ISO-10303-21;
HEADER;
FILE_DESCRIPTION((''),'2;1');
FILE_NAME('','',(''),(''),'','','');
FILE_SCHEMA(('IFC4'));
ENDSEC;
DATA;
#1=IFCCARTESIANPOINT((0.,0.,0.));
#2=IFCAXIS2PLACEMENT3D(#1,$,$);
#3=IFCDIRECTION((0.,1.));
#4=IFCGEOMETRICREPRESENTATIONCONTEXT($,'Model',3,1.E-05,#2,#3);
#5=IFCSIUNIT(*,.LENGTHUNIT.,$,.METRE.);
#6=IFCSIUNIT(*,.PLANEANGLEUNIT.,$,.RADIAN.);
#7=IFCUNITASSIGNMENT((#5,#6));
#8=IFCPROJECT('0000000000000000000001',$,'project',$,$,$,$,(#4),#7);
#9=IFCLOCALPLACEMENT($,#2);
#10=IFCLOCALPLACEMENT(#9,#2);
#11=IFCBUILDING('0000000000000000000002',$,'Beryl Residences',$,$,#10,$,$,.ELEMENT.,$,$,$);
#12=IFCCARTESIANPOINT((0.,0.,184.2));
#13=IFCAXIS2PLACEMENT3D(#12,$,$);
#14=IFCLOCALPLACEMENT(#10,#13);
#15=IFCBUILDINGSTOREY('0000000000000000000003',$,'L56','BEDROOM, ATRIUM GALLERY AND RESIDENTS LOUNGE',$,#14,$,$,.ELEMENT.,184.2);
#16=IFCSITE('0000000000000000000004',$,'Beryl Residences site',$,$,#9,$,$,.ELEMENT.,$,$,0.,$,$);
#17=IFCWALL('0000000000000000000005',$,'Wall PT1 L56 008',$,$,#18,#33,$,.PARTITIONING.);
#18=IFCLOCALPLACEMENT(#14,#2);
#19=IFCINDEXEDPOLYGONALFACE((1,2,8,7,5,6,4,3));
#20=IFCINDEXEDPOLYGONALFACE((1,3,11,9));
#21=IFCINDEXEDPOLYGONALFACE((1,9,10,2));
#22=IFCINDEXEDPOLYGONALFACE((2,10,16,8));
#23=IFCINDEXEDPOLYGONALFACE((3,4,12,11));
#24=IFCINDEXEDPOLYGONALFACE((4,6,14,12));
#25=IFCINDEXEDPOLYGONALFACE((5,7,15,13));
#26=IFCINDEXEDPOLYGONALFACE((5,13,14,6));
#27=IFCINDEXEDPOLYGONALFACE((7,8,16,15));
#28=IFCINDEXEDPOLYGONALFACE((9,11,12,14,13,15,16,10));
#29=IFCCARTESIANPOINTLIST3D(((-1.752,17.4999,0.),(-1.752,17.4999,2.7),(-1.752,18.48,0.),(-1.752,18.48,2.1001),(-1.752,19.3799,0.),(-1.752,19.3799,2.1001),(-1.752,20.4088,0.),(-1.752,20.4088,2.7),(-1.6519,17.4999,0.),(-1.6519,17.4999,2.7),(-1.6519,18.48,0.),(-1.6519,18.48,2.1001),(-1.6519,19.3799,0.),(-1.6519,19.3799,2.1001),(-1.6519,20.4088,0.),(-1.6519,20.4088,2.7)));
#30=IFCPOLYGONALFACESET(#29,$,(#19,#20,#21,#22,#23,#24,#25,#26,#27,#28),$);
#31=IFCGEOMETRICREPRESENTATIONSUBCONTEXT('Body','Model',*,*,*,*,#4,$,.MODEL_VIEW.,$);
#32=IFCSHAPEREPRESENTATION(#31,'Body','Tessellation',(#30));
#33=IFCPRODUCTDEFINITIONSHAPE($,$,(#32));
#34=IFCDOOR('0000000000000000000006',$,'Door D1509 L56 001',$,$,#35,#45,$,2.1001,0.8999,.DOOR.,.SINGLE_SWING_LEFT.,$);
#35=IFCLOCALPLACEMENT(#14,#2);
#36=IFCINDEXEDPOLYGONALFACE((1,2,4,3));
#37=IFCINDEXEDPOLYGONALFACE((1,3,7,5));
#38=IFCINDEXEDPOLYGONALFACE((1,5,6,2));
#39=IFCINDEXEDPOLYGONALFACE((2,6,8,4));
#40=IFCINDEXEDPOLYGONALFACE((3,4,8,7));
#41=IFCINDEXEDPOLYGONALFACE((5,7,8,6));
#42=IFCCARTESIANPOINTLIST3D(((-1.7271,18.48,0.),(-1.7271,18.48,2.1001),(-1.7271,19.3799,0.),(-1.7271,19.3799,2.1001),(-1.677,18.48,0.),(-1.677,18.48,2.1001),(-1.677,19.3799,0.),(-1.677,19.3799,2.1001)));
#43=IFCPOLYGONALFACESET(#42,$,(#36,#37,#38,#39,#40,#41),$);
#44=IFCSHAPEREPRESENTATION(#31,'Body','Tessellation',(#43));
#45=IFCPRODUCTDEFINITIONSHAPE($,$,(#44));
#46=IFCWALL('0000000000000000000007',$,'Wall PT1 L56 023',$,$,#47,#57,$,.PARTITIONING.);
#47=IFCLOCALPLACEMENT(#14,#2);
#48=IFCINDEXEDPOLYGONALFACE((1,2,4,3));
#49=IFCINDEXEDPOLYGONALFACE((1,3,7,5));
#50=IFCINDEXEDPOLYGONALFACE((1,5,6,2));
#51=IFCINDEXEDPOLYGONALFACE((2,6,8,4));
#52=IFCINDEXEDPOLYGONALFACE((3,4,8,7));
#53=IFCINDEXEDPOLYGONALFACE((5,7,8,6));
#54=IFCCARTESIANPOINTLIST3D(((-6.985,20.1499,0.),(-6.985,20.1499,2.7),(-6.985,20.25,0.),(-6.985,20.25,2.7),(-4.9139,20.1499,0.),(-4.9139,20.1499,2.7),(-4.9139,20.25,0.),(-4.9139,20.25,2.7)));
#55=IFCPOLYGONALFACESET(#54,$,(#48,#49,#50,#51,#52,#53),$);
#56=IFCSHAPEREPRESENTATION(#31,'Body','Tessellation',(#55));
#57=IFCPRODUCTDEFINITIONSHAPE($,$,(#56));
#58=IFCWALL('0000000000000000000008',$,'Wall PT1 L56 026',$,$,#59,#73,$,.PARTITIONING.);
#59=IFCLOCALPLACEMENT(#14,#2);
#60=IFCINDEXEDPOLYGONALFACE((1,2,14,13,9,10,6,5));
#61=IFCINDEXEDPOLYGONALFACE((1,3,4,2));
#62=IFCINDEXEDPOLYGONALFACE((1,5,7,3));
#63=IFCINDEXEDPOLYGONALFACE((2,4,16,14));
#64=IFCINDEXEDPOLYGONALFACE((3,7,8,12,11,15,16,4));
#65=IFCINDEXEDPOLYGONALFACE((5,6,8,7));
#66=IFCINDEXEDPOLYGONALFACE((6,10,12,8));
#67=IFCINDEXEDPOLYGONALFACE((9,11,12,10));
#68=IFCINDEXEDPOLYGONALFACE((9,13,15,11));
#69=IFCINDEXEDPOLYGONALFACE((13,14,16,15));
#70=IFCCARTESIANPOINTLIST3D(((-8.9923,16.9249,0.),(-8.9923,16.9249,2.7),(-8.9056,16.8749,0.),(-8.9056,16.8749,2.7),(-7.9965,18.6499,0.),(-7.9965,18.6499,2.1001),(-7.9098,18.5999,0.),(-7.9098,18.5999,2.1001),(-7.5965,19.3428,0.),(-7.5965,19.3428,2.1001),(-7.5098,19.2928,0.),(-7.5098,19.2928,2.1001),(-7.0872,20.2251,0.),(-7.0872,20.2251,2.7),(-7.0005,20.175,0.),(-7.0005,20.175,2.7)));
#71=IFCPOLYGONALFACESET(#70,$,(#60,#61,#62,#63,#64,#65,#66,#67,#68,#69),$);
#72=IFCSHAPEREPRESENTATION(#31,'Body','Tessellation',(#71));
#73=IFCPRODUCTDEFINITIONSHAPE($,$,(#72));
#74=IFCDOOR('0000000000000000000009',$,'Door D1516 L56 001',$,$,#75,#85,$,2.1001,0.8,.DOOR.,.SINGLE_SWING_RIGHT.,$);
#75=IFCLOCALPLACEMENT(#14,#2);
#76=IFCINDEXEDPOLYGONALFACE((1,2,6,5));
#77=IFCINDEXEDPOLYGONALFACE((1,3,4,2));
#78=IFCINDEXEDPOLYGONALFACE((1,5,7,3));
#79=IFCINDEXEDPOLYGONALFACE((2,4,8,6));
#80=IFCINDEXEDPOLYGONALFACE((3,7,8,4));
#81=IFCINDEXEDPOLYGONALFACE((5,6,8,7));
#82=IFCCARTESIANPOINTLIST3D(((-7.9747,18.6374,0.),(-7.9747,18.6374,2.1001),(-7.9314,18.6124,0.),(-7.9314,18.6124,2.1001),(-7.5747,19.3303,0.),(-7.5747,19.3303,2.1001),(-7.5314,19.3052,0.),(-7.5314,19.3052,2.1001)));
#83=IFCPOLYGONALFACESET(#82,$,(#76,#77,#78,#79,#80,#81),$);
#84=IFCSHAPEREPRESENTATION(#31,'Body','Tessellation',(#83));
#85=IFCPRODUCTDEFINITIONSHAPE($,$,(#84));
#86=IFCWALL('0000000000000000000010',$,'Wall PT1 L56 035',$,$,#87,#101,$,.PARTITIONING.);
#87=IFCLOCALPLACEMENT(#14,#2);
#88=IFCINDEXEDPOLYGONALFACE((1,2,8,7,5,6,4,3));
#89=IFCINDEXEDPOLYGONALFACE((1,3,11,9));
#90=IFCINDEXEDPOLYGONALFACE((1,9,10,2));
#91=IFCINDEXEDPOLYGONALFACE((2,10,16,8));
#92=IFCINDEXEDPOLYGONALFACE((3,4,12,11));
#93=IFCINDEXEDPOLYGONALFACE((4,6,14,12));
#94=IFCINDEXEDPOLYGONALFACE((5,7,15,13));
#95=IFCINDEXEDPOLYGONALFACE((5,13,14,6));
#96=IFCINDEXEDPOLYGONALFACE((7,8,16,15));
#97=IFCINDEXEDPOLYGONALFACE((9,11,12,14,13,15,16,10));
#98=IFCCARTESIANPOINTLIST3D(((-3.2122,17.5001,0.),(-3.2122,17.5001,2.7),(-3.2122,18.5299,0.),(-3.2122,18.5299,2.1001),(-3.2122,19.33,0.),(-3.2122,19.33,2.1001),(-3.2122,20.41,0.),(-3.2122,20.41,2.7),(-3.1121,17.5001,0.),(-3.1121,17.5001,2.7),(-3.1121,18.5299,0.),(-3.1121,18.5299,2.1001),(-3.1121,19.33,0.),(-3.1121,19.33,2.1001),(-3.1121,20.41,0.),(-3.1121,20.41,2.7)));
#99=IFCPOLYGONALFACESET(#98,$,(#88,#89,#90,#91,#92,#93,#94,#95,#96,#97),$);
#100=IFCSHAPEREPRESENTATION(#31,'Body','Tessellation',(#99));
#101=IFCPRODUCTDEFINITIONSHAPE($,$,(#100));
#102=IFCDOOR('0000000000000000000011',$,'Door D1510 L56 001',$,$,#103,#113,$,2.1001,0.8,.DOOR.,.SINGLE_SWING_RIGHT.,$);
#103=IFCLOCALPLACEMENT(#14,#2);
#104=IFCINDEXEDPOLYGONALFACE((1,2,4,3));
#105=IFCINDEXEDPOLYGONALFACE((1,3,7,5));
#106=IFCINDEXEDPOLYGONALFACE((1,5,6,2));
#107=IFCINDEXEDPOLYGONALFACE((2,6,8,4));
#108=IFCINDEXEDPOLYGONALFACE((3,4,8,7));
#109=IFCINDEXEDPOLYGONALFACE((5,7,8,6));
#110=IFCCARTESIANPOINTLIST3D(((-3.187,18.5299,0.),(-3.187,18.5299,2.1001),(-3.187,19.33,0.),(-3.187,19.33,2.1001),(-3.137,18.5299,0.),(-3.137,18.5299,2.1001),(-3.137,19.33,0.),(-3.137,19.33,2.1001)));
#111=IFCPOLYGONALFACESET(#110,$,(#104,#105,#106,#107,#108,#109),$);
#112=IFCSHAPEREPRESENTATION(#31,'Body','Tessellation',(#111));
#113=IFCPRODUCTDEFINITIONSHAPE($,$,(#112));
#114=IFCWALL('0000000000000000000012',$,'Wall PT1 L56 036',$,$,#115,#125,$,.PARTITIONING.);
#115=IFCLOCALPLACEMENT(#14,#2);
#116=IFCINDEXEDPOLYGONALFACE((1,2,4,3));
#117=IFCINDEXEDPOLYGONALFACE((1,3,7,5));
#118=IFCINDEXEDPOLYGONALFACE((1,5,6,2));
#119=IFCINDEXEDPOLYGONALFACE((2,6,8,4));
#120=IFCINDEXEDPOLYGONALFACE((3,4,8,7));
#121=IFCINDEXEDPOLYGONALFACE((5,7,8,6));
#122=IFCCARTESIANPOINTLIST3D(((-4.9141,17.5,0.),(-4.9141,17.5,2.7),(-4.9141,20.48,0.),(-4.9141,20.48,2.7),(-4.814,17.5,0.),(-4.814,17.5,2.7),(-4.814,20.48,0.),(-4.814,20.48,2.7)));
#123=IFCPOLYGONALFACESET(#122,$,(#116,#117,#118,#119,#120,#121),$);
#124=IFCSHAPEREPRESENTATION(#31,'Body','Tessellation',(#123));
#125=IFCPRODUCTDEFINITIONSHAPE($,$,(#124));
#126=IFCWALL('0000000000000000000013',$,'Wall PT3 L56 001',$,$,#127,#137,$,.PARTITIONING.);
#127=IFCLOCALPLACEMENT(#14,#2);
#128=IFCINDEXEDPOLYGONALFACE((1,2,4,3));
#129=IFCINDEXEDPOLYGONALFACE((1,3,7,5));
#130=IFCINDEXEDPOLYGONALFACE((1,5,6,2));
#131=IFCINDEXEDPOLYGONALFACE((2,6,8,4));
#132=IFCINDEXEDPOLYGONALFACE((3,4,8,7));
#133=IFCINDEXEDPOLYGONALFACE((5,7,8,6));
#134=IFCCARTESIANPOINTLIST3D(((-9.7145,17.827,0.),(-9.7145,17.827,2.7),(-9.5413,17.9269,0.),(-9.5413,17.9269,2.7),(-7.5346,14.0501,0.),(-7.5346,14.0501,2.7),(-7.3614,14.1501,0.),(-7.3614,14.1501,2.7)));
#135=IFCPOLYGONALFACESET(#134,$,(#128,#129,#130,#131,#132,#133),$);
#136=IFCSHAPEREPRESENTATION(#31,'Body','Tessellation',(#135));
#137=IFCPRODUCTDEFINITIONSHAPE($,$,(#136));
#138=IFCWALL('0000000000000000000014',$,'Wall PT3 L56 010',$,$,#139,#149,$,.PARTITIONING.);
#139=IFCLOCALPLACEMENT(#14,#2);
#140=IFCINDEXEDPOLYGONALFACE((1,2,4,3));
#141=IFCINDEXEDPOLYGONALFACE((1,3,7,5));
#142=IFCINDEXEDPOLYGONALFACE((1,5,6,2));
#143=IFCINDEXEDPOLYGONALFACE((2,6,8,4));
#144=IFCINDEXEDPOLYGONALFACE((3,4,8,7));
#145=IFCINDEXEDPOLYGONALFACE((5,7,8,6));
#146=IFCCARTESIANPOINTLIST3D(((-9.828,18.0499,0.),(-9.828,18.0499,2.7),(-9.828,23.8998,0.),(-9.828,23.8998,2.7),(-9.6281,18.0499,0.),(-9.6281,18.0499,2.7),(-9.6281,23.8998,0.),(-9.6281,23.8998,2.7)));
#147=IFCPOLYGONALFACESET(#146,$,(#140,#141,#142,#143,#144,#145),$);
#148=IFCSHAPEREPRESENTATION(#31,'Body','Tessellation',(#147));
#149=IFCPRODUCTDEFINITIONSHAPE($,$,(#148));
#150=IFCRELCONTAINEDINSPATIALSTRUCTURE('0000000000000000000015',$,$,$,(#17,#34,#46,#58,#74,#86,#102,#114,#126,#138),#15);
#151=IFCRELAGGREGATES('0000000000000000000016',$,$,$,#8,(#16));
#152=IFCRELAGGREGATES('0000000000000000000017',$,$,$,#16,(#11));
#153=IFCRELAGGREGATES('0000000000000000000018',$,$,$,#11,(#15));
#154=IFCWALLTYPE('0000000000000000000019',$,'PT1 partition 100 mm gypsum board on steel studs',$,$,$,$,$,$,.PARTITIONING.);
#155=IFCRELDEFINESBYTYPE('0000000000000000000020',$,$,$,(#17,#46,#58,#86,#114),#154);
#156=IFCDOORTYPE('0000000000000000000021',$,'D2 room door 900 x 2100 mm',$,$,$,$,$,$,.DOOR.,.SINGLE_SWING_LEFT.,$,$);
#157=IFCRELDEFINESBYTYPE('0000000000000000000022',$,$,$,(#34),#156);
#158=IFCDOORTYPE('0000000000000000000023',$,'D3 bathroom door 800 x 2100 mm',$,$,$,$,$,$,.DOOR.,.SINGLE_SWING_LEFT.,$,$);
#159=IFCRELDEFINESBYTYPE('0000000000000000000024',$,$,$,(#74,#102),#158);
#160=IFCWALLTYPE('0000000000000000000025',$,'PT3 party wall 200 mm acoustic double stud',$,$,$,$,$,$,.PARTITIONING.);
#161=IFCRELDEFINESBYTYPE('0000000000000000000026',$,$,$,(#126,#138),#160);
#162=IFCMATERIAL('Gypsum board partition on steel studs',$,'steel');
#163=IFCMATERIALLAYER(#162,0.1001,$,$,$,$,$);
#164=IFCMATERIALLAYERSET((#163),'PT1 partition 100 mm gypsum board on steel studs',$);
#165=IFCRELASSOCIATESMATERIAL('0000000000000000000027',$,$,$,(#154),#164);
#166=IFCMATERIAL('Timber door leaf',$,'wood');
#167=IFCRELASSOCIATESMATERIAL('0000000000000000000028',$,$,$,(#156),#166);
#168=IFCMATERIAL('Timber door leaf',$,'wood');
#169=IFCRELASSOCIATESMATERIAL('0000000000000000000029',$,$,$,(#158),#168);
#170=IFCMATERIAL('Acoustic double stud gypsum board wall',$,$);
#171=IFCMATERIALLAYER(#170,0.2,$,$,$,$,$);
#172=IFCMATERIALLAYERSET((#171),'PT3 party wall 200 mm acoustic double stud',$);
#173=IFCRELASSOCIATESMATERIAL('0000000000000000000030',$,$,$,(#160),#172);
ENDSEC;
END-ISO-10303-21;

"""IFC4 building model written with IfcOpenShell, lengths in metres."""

from ifc_helpers import new_model, si_unit, direction, frame, frame_2d, origin, place, context, subcontext, project, spatial, rectangle, extrude, material, layer, layer_set, type_object, element, fill, save


model = new_model("IFC4")

# Units and contexts
model_context = context("Model", 3, precision=1e-05, world=origin(), true_north=direction((0.0, 1.0)))
body_context = subcontext(model_context, "Body", "Model", "MODEL_VIEW")
ifc_project = project(units=[si_unit("LENGTHUNIT", "METRE"), si_unit("PLANEANGLEUNIT", "RADIAN")], contexts=[model_context])

# Site, building, storey
site_placement = place(None, origin())
site = spatial("IfcSite", under=ifc_project, at=site_placement, Name="Beryl Residences site", CompositionType="ELEMENT", RefElevation=0.0)
building_placement = place(site_placement, origin())
building = spatial("IfcBuilding", under=site, at=building_placement, Name="Beryl Residences", CompositionType="ELEMENT")
storey_placement = place(building_placement, frame((0.0, 0.0, 184.2)))
storey = spatial("IfcBuildingStorey", under=building, at=storey_placement, Name="L56", Description="BEDROOM, ATRIUM GALLERY AND RESIDENTS LOUNGE", CompositionType="ELEMENT", Elevation=184.2)

# Wall, opening, door
ifc_material_1 = material(Name="Gypsum board partition on steel studs", Category="steel")
ifc_layer_1 = layer(ifc_material_1, 0.1001)
ifc_layer_set_1 = layer_set([ifc_layer_1], Name="PT1 partition 100 mm gypsum board on steel studs")
wall_type_1 = type_object("IfcWallType", Name="PT1 partition 100 mm gypsum board on steel studs", PredefinedType="PARTITIONING", material=ifc_layer_set_1)
ifc_material_2 = material(Name="Timber door leaf", Category="wood")
door_type_1 = type_object("IfcDoorType", Name="D2 room door 900 x 2100 mm", OperationType="SINGLE_SWING_LEFT", PredefinedType="DOOR", material=ifc_material_2)
wall_1_placement = place(storey_placement, frame((-1.7019, 20.4089, 0.0), z_axis=(0.0, 0.0, 1.0), x_axis=(0.0, -1.0, 0.0)))
wall_1 = element("IfcWall", 1, at=wall_1_placement, inside=storey, type_object=wall_type_1, Name="Wall PT1 L56 008", PredefinedType="PARTITIONING", context=body_context, shape_type="SweptSolid", body=[
    extrude(rectangle(XDim=2.9089, YDim=0.1001, at=frame_2d((1.4546, 0.0))), origin(), (0.0, 0.0, 1.0), 2.7),
])
opening_1_placement = place(wall_1_placement, frame((1.0291, 0.0, 0.0)))
opening_1 = element("IfcOpeningElement", 2, at=opening_1_placement, cuts=wall_1, PredefinedType="OPENING", context=body_context, shape_type="SweptSolid", body=[
    extrude(rectangle(XDim=0.8999, YDim=2.1001, at=frame_2d((0.45, 1.05))), frame((0.0, 0.0601, 0.0), z_axis=(0.0, -1.0, 0.0), x_axis=(1.0, 0.0, 0.0)), (0.0, 0.0, 1.0), 0.1201),
])
door_1_placement = place(opening_1_placement, origin())
door_1 = element("IfcDoor", 3, at=door_1_placement, inside=storey, type_object=door_type_1, Name="Door D1509 L56 001", OperationType="SINGLE_SWING_LEFT", OverallHeight=2.1001, OverallWidth=0.8999, PredefinedType="DOOR", context=body_context, shape_type="SweptSolid", body=[
    extrude(rectangle(XDim=0.8999, YDim=2.1001, at=frame_2d((0.45, 1.05))), frame((0.0, 0.0249, 0.0), z_axis=(0.0, -1.0, 0.0), x_axis=(1.0, 0.0, 0.0)), (0.0, 0.0, 1.0), 0.05),
])
fill(opening_1, door_1)

# Wall
wall_2_placement = place(storey_placement, frame((-6.9851, 20.2, 0.0), z_axis=(0.0, 0.0, 1.0), x_axis=(1.0, 0.0, 0.0)))
element("IfcWall", 4, at=wall_2_placement, inside=storey, type_object=wall_type_1, Name="Wall PT1 L56 023", PredefinedType="PARTITIONING", context=body_context, shape_type="SweptSolid", body=[
    extrude(rectangle(XDim=2.071, YDim=0.1001, at=frame_2d((1.0356, 0.0))), origin(), (0.0, 0.0, 1.0), 2.7),
])

# Walls, openings, doors
wall_3_placement = place(storey_placement, frame((-8.949, 16.8999, 0.0), z_axis=(0.0, 0.0, 1.0), x_axis=(0.49995, 0.866054, 0.0)))
wall_3 = element("IfcWall", 5, at=wall_3_placement, inside=storey, type_object=wall_type_1, Name="Wall PT1 L56 026", PredefinedType="PARTITIONING", context=body_context, shape_type="SweptSolid", body=[
    extrude(rectangle(XDim=3.8105, YDim=0.1001, at=frame_2d((1.9053, 0.0))), origin(), (0.0, 0.0, 1.0), 2.7),
])
opening_2_placement = place(wall_3_placement, frame((1.9919, 0.0, 0.0)))
opening_2 = element("IfcOpeningElement", 6, at=opening_2_placement, cuts=wall_3, PredefinedType="OPENING", context=body_context, shape_type="SweptSolid", body=[
    extrude(rectangle(XDim=0.8, YDim=2.1001, at=frame_2d((0.3999, 1.05))), frame((0.0, 0.0601, 0.0), z_axis=(0.0, -1.0, 0.0), x_axis=(1.0, 0.0, 0.0)), (0.0, 0.0, 1.0), 0.1201),
])
ifc_material_3 = material(Name="Timber door leaf", Category="wood")
door_type_2 = type_object("IfcDoorType", Name="D3 bathroom door 800 x 2100 mm", OperationType="SINGLE_SWING_LEFT", PredefinedType="DOOR", material=ifc_material_3)
door_2_placement = place(opening_2_placement, origin())
door_2 = element("IfcDoor", 7, at=door_2_placement, inside=storey, type_object=door_type_2, Name="Door D1516 L56 001", OperationType="SINGLE_SWING_RIGHT", OverallHeight=2.1001, OverallWidth=0.8, PredefinedType="DOOR", context=body_context, shape_type="SweptSolid", body=[
    extrude(rectangle(XDim=0.8, YDim=2.1001, at=frame_2d((0.3999, 1.05))), frame((0.0, 0.0249, 0.0), z_axis=(0.0, -1.0, 0.0), x_axis=(1.0, 0.0, 0.0)), (0.0, 0.0, 1.0), 0.05),
])
fill(opening_2, door_2)
wall_4_placement = place(storey_placement, frame((-3.1621, 17.5, 0.0), z_axis=(0.0, 0.0, 1.0), x_axis=(0.0, 1.0, 0.0)))
wall_4 = element("IfcWall", 8, at=wall_4_placement, inside=storey, type_object=wall_type_1, Name="Wall PT1 L56 035", PredefinedType="PARTITIONING", context=body_context, shape_type="SweptSolid", body=[
    extrude(rectangle(XDim=2.9099, YDim=0.1001, at=frame_2d((1.4551, 0.0))), origin(), (0.0, 0.0, 1.0), 2.7),
])
opening_3_placement = place(wall_4_placement, frame((1.03, 0.0, 0.0)))
opening_3 = element("IfcOpeningElement", 9, at=opening_3_placement, cuts=wall_4, PredefinedType="OPENING", context=body_context, shape_type="SweptSolid", body=[
    extrude(rectangle(XDim=0.8, YDim=2.1001, at=frame_2d((0.3999, 1.05))), frame((0.0, 0.0601, 0.0), z_axis=(0.0, -1.0, 0.0), x_axis=(1.0, 0.0, 0.0)), (0.0, 0.0, 1.0), 0.1201),
])
door_3_placement = place(opening_3_placement, origin())
door_3 = element("IfcDoor", 10, at=door_3_placement, inside=storey, type_object=door_type_2, Name="Door D1510 L56 001", OperationType="SINGLE_SWING_RIGHT", OverallHeight=2.1001, OverallWidth=0.8, PredefinedType="DOOR", context=body_context, shape_type="SweptSolid", body=[
    extrude(rectangle(XDim=0.8, YDim=2.1001, at=frame_2d((0.3999, 1.05))), frame((0.0, 0.0249, 0.0), z_axis=(0.0, -1.0, 0.0), x_axis=(1.0, 0.0, 0.0)), (0.0, 0.0, 1.0), 0.05),
])
fill(opening_3, door_3)

# Walls
wall_5_placement = place(storey_placement, frame((-4.864, 17.5, 0.0), z_axis=(0.0, 0.0, 1.0), x_axis=(0.0, 1.0, 0.0)))
element("IfcWall", 11, at=wall_5_placement, inside=storey, type_object=wall_type_1, Name="Wall PT1 L56 036", PredefinedType="PARTITIONING", context=body_context, shape_type="SweptSolid", body=[
    extrude(rectangle(XDim=2.98, YDim=0.1001, at=frame_2d((1.49, 0.0))), origin(), (0.0, 0.0, 1.0), 2.7),
])
ifc_material_4 = material(Name="Acoustic double stud gypsum board wall")
ifc_layer_2 = layer(ifc_material_4, 0.2)
ifc_layer_set_2 = layer_set([ifc_layer_2], Name="PT3 party wall 200 mm acoustic double stud")
wall_type_2 = type_object("IfcWallType", Name="PT3 party wall 200 mm acoustic double stud", PredefinedType="PARTITIONING", material=ifc_layer_set_2)
wall_6_placement = place(storey_placement, frame((-9.6279, 17.877, 0.0), z_axis=(0.0, 0.0, 1.0), x_axis=(0.49989, -0.866089, 0.0)))
element("IfcWall", 12, at=wall_6_placement, inside=storey, type_object=wall_type_2, Name="Wall PT3 L56 001", PredefinedType="PARTITIONING", context=body_context, shape_type="SweptSolid", body=[
    extrude(rectangle(XDim=4.3608, YDim=0.2, at=frame_2d((2.1804, 0.0))), origin(), (0.0, 0.0, 1.0), 2.7),
])
wall_7_placement = place(storey_placement, frame((-9.728, 18.05, 0.0), z_axis=(0.0, 0.0, 1.0), x_axis=(0.0, 1.0, 0.0)))
element("IfcWall", 13, at=wall_7_placement, inside=storey, type_object=wall_type_2, Name="Wall PT3 L56 010", PredefinedType="PARTITIONING", context=body_context, shape_type="SweptSolid", body=[
    extrude(rectangle(XDim=5.8499, YDim=0.2, at=frame_2d((2.9248, 0.0))), origin(), (0.0, 0.0, 1.0), 2.7),
])

save(model, "model.ifc")
